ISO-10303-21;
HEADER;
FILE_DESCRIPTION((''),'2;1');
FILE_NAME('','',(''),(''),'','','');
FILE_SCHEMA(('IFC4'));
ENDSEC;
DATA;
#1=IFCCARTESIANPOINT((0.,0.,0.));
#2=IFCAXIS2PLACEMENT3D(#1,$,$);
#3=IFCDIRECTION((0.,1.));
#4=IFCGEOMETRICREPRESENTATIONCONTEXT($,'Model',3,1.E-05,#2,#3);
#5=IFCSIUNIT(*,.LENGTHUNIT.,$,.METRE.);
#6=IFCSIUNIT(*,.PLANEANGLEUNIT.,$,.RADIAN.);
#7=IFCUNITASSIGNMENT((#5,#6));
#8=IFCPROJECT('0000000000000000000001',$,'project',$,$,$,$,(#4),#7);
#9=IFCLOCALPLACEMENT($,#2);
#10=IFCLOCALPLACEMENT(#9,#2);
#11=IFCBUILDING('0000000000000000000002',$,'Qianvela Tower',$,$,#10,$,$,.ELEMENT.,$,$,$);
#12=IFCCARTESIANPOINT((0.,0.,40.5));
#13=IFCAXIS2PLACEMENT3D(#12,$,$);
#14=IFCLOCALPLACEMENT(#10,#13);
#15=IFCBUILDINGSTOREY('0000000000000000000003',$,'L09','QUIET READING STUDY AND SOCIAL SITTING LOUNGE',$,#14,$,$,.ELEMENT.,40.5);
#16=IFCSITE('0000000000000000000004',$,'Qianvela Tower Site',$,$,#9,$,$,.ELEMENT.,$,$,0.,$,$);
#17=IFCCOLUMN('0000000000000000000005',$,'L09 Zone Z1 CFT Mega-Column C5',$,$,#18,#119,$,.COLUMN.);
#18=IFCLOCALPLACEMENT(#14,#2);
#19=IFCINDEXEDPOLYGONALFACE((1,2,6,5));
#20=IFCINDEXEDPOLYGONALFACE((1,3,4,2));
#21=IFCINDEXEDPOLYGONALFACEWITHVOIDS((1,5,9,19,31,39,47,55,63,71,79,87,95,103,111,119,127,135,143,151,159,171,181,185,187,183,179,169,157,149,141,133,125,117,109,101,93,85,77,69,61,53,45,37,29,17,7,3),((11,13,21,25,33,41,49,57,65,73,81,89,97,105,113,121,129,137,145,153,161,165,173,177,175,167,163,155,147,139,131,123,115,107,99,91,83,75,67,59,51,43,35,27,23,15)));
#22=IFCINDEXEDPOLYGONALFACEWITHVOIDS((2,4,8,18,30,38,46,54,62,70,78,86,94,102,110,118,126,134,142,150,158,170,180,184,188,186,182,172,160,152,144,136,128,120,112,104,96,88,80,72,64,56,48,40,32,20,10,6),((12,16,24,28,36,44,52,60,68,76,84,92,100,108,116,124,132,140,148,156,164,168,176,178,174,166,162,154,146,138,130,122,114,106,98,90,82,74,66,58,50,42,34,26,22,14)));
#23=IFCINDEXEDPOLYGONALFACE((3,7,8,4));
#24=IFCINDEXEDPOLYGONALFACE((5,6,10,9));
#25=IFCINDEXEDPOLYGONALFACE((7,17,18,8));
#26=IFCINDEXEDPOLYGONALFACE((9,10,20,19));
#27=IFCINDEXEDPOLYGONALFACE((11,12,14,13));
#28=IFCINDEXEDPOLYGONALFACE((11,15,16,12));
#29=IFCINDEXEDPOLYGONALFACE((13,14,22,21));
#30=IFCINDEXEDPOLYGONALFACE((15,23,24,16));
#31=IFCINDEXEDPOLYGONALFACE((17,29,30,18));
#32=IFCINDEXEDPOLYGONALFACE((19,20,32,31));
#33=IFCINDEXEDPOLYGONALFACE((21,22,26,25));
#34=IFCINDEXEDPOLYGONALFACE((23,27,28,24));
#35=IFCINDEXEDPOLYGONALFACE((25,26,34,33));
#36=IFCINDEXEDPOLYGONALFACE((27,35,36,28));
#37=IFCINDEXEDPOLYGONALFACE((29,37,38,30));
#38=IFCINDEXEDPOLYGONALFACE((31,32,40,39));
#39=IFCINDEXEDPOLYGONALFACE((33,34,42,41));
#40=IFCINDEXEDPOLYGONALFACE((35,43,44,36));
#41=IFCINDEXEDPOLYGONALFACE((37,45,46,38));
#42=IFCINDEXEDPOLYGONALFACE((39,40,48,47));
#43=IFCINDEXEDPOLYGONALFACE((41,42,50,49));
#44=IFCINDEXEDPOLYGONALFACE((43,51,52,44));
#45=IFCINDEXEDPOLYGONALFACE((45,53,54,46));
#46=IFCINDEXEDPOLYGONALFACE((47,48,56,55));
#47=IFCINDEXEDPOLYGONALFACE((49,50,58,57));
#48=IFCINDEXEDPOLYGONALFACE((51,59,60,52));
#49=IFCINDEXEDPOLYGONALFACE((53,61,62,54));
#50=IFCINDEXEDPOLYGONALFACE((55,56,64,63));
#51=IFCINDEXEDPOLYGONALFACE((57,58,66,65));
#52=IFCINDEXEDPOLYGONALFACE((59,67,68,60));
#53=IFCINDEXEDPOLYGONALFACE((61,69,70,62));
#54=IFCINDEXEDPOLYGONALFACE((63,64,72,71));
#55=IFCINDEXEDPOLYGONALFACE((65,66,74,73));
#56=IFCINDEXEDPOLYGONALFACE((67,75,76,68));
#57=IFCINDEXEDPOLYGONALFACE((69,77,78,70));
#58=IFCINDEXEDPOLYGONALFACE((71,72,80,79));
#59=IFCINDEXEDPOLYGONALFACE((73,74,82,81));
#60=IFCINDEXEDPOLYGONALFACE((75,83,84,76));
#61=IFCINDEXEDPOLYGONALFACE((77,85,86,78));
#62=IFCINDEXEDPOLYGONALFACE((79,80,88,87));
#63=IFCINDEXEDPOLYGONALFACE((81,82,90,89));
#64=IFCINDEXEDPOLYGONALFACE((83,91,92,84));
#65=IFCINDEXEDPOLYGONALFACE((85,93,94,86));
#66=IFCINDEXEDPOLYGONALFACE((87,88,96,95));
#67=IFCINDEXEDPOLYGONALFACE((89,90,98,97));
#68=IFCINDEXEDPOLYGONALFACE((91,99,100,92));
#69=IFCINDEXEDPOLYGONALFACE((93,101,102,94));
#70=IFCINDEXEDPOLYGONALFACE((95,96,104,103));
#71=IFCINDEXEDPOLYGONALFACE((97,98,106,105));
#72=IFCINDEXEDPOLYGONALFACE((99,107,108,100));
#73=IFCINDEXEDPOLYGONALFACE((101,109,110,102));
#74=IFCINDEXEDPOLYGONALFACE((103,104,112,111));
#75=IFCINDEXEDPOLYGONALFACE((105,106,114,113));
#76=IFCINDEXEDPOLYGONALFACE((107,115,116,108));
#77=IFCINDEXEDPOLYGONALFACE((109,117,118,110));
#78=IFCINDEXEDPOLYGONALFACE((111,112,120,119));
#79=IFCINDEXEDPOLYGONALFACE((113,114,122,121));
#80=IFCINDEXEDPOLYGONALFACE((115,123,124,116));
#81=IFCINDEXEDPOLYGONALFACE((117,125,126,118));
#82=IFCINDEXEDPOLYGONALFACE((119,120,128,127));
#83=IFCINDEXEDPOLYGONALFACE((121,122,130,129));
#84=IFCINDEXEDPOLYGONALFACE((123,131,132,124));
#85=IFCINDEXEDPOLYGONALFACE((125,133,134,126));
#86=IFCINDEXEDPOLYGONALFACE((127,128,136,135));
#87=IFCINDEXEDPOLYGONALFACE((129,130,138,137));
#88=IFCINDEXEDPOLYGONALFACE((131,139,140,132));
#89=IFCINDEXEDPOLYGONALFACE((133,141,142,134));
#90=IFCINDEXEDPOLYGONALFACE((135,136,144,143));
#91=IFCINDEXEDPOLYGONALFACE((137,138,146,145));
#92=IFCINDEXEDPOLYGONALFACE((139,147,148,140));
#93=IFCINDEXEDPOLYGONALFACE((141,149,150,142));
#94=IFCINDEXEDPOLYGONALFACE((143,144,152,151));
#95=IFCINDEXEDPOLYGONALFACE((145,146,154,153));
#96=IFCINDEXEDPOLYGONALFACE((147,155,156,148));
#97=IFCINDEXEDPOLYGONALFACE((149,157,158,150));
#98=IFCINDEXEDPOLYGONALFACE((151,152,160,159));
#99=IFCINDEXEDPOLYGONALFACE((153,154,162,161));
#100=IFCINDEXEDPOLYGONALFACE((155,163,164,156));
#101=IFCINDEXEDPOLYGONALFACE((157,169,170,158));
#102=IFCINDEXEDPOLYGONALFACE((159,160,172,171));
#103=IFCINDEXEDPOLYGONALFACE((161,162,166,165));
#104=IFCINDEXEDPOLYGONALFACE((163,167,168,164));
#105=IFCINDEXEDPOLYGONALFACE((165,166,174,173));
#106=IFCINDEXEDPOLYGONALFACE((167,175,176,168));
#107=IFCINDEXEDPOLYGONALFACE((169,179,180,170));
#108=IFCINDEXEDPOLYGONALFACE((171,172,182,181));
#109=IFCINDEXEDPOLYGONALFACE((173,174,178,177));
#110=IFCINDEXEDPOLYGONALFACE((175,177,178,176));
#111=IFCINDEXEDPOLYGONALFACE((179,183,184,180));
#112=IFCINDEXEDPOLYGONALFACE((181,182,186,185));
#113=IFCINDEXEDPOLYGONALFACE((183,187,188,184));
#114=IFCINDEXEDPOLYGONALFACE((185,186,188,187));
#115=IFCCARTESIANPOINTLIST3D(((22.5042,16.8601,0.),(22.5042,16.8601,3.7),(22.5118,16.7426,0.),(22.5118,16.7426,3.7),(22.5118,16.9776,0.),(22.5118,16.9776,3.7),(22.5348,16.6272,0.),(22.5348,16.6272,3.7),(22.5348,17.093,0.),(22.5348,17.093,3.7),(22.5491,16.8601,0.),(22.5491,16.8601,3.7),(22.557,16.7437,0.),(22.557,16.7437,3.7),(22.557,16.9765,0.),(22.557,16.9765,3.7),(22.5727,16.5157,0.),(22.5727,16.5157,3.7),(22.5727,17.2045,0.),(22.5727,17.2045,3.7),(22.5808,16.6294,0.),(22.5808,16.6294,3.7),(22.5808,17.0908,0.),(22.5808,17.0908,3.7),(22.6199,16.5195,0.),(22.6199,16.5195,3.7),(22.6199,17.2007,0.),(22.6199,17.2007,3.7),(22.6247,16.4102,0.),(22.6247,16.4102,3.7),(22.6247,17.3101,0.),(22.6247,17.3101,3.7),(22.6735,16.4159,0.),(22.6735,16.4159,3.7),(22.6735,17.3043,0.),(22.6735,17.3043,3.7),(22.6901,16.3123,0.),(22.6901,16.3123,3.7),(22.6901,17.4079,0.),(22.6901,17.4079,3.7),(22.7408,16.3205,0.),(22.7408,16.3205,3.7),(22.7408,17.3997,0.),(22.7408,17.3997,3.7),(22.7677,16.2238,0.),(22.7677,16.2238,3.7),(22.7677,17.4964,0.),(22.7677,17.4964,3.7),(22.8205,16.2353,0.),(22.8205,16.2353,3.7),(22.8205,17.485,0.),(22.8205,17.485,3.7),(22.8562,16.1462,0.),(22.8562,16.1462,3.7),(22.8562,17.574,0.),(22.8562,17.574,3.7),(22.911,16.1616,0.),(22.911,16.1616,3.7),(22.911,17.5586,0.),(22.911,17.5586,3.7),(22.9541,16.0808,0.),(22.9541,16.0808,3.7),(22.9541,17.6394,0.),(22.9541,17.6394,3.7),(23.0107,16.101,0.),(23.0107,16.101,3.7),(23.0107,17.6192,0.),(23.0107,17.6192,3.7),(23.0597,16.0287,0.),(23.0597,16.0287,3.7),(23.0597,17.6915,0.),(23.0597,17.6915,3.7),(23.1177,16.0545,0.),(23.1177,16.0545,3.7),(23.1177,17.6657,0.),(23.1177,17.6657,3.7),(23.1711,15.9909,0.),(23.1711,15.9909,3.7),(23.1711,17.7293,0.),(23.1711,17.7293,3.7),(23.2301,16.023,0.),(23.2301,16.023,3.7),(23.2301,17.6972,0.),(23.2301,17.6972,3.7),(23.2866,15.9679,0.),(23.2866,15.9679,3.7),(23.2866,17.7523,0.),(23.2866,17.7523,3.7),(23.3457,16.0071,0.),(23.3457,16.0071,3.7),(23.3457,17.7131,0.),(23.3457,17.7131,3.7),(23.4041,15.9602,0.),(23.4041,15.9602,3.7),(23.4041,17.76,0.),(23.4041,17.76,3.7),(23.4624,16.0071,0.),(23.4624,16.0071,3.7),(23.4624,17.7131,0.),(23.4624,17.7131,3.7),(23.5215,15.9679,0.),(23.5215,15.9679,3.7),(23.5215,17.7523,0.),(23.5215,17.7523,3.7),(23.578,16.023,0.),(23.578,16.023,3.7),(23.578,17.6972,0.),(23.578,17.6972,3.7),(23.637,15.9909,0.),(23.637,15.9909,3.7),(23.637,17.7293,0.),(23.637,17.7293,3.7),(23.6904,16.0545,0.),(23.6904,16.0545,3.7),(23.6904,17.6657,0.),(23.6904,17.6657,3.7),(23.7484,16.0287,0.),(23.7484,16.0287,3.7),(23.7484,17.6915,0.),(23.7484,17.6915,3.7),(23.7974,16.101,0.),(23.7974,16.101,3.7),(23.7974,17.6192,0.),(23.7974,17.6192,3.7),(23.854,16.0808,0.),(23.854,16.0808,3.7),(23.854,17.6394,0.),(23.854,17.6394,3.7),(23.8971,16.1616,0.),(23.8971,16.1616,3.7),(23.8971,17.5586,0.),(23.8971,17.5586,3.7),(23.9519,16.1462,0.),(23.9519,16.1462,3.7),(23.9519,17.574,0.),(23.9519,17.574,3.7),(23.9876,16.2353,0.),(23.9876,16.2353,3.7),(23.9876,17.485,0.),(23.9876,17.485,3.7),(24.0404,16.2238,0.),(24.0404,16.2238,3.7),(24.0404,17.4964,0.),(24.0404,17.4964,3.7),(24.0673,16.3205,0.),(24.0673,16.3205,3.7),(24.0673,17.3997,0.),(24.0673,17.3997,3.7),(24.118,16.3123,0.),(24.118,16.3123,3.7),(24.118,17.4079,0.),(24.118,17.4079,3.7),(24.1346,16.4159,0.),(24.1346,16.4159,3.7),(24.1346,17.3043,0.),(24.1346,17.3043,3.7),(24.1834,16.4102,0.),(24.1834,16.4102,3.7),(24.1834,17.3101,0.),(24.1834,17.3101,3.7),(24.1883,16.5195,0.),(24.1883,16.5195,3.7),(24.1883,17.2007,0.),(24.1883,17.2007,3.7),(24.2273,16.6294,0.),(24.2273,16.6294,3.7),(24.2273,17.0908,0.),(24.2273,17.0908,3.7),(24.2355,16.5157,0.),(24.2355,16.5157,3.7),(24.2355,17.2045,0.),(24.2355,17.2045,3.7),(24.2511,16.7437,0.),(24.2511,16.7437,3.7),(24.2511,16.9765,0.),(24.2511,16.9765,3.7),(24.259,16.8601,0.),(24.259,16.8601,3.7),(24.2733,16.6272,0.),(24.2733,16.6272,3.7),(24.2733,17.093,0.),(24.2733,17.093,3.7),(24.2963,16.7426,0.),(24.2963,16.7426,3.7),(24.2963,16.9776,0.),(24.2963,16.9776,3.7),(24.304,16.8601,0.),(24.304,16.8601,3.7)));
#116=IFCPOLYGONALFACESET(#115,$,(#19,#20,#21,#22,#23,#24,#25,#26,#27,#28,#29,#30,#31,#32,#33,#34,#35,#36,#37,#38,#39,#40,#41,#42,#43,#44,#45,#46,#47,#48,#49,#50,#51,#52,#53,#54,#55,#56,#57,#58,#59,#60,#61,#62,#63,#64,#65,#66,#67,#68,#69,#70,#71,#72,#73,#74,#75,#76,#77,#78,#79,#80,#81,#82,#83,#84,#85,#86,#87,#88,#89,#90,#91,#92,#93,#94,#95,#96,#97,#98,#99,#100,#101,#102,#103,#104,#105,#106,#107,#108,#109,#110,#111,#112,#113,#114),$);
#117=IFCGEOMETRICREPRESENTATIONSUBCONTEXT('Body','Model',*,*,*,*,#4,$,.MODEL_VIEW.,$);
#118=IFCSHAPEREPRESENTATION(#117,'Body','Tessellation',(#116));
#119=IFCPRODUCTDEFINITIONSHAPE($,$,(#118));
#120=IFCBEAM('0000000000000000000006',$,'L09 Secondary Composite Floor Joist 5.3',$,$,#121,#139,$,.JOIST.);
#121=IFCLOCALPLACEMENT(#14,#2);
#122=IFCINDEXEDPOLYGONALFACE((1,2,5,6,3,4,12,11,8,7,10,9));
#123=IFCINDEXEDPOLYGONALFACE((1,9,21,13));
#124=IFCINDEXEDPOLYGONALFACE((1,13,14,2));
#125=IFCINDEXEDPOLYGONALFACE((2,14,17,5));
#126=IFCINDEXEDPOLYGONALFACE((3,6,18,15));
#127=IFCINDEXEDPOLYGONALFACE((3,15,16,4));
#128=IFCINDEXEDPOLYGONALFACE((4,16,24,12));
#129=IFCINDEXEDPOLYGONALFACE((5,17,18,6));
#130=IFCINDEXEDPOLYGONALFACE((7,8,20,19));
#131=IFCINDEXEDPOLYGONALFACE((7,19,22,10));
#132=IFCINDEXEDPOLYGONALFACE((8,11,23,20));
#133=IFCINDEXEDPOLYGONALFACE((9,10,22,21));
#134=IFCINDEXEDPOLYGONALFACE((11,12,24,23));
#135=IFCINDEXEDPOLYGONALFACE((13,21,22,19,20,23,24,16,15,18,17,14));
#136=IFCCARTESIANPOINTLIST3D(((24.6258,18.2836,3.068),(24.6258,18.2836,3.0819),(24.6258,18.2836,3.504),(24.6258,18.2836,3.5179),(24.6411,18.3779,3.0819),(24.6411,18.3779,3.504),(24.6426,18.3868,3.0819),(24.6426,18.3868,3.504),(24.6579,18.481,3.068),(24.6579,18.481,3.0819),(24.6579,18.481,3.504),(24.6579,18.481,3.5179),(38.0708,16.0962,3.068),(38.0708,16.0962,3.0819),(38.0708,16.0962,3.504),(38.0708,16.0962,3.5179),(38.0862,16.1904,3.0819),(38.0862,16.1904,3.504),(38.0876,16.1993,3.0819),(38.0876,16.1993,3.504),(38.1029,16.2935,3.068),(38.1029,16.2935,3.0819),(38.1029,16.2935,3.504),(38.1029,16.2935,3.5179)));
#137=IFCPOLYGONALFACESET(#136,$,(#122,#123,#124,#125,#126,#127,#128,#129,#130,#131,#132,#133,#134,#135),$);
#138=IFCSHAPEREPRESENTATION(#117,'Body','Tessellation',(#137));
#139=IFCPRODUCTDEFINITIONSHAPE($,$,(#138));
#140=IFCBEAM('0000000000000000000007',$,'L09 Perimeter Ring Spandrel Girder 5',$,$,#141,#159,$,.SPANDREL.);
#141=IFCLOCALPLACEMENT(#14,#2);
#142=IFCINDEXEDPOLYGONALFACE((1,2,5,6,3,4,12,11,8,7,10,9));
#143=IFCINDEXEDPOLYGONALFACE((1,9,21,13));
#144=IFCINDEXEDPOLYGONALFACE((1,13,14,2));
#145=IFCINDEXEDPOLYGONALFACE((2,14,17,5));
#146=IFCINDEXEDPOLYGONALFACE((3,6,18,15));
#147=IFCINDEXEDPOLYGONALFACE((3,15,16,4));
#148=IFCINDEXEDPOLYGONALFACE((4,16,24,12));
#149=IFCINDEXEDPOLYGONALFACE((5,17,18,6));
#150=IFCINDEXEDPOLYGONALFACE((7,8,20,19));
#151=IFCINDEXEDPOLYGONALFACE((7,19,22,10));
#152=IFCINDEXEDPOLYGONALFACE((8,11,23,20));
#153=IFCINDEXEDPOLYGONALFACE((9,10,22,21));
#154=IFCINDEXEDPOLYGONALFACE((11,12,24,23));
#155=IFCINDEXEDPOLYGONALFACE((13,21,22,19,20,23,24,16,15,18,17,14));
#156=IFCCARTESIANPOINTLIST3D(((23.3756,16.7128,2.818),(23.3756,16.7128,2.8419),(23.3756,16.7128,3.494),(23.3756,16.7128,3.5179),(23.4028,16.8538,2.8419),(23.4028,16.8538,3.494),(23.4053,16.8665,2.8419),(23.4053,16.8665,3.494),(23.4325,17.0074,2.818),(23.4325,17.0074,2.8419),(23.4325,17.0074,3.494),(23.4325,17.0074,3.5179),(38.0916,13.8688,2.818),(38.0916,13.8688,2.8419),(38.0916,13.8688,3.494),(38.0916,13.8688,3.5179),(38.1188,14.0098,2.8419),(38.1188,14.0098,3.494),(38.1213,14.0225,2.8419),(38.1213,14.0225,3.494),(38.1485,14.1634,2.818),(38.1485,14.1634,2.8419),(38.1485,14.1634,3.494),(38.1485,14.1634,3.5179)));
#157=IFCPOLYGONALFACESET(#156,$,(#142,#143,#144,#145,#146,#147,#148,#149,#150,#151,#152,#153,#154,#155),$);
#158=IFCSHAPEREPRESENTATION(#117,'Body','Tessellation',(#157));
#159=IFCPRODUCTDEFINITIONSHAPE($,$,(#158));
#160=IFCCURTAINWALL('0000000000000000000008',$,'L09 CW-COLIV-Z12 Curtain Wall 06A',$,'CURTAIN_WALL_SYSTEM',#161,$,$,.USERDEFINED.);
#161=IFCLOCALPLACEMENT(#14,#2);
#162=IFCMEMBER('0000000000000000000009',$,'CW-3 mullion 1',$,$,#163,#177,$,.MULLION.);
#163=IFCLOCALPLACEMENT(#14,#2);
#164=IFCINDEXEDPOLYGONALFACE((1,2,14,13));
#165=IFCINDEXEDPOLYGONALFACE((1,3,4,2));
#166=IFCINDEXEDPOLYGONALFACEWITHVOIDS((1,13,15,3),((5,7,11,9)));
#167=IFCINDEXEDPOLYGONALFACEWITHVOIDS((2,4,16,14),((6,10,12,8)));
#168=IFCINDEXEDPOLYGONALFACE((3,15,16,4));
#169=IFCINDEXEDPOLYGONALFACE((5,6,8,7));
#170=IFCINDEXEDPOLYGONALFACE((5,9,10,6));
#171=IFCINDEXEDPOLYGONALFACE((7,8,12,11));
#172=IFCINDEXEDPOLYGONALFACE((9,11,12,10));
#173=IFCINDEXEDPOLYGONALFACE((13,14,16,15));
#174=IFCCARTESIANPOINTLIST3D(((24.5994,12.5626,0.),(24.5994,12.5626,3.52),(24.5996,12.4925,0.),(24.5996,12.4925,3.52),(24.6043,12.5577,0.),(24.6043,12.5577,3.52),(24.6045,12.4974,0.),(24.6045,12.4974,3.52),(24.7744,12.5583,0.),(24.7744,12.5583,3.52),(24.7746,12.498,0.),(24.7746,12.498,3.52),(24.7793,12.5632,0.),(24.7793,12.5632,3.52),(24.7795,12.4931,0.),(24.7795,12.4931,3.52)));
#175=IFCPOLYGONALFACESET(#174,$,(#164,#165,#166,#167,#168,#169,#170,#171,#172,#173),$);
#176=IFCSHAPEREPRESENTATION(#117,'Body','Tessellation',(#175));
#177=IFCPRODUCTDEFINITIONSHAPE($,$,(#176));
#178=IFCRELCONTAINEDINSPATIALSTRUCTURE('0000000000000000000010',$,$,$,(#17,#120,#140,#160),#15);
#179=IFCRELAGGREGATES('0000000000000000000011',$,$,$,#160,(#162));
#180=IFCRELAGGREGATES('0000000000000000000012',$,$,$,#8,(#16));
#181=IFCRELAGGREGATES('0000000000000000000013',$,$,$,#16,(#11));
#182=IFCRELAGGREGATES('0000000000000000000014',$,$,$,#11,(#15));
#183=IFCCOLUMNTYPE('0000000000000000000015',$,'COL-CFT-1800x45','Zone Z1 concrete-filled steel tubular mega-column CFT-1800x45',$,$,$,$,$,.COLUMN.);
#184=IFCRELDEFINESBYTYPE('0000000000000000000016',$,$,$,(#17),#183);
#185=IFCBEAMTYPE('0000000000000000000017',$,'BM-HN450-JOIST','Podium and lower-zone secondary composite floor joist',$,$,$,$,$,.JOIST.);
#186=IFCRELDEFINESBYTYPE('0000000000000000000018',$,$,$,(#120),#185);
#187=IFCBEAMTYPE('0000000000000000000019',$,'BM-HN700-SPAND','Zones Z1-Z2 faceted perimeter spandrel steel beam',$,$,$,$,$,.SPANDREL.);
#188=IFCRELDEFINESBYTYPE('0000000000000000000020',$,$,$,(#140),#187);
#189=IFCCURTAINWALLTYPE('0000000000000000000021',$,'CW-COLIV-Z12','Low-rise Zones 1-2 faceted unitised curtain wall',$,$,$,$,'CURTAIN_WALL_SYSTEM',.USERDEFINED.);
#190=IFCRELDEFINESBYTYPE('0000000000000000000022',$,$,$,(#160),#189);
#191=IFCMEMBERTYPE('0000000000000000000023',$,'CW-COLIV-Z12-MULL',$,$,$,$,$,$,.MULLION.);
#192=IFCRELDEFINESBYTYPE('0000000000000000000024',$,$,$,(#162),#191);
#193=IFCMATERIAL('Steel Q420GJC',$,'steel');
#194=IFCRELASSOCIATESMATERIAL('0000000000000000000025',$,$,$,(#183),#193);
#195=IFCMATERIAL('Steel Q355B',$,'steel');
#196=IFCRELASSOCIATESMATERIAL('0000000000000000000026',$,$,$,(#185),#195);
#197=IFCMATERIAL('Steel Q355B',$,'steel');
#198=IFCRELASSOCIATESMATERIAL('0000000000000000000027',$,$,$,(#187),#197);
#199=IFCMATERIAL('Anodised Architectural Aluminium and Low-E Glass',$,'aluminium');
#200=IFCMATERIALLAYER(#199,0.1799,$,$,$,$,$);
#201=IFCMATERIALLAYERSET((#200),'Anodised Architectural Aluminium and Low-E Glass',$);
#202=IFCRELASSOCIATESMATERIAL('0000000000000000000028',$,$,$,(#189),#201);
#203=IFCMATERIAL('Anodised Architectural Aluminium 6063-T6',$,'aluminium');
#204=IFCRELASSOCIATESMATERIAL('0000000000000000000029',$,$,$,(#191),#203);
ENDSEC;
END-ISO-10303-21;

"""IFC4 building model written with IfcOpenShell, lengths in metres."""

from ifc_helpers import new_model, si_unit, direction, frame, origin, origin_2d, place, context, subcontext, project, spatial, hollow_rectangle, hollow_circle, i_section, extrude, material, layer, layer_set, material_profile, profile_set, type_object, element, aggregate, save


model = new_model("IFC4")

# Units and contexts
model_context = context("Model", 3, precision=1e-05, world=origin(), true_north=direction((0.0, 1.0)))
body_context = subcontext(model_context, "Body", "Model", "MODEL_VIEW")
ifc_project = project(units=[si_unit("LENGTHUNIT", "METRE"), si_unit("PLANEANGLEUNIT", "RADIAN")], contexts=[model_context])

# Site, building, storey
site_placement = place(None, origin())
site = spatial("IfcSite", under=ifc_project, at=site_placement, Name="Qianvela Tower Site", CompositionType="ELEMENT", RefElevation=0.0)
building_placement = place(site_placement, origin())
building = spatial("IfcBuilding", under=site, at=building_placement, Name="Qianvela Tower", CompositionType="ELEMENT")
storey_placement = place(building_placement, frame((0.0, 0.0, 40.5)))
storey = spatial("IfcBuildingStorey", under=building, at=storey_placement, Name="L09", Description="QUIET READING STUDY AND SOCIAL SITTING LOUNGE", CompositionType="ELEMENT", Elevation=40.5)

# Column
ifc_material_1 = material(Name="Steel Q420GJC", Category="steel")
ifc_material_profile_1 = material_profile(ifc_material_1, hollow_circle(Radius=0.8999, WallThickness=0.0449, at=origin_2d()), Name="CFT-1800x45")
ifc_profile_set_1 = profile_set([ifc_material_profile_1], Name="Steel Q420GJC")
column_type = type_object("IfcColumnType", Name="COL-CFT-1800x45", Description="Zone Z1 concrete-filled steel tubular mega-column CFT-1800x45", PredefinedType="COLUMN", material=ifc_profile_set_1)
column_placement = place(storey_placement, frame((23.4041, 16.8601, 0.0), z_axis=(0.0, 0.0, 1.0), x_axis=(1.0, 0.0, 0.0)))
element("IfcColumn", 1, at=column_placement, inside=storey, type_object=column_type, Name="L09 Zone Z1 CFT Mega-Column C5", PredefinedType="COLUMN", context=body_context, shape_type="SweptSolid", body=[
    extrude(hollow_circle(Radius=0.8999, WallThickness=0.0449, at=origin_2d()), origin(), (0.0, 0.0, 1.0), 3.7),
])

# Beams
ifc_material_2 = material(Name="Steel Q355B", Category="steel")
ifc_material_profile_2 = material_profile(ifc_material_2, i_section(OverallWidth=0.2, OverallDepth=0.45, WebThickness=0.009, FlangeThickness=0.0139, at=origin_2d()), Name="HN450x200x9x14")
ifc_profile_set_2 = profile_set([ifc_material_profile_2], Name="Steel Q355B")
beam_type_1 = type_object("IfcBeamType", Name="BM-HN450-JOIST", Description="Podium and lower-zone secondary composite floor joist", PredefinedType="JOIST", material=ifc_profile_set_2)
beam_1_placement = place(storey_placement, frame((24.6418, 18.3823, 3.293), z_axis=(0.987022, -0.160587, 0.0), x_axis=(0.160587, 0.987022, 0.0)))
element("IfcBeam", 2, at=beam_1_placement, inside=storey, type_object=beam_type_1, Name="L09 Secondary Composite Floor Joist 5.3", PredefinedType="JOIST", context=body_context, shape_type="SweptSolid", body=[
    extrude(i_section(OverallWidth=0.2, OverallDepth=0.45, WebThickness=0.009, FlangeThickness=0.0139, at=origin_2d()), origin(), (0.0, 0.0, 1.0), 13.6218),
])
ifc_material_3 = material(Name="Steel Q355B", Category="steel")
ifc_material_profile_3 = material_profile(ifc_material_3, i_section(OverallWidth=0.3, OverallDepth=0.7, WebThickness=0.0129, FlangeThickness=0.0239, at=origin_2d()), Name="HN700x300x13x24")
ifc_profile_set_3 = profile_set([ifc_material_profile_3], Name="Steel Q355B")
beam_type_2 = type_object("IfcBeamType", Name="BM-HN700-SPAND", Description="Zones Z1-Z2 faceted perimeter spandrel steel beam", PredefinedType="SPANDREL", material=ifc_profile_set_3)
beam_2_placement = place(storey_placement, frame((23.4041, 16.8601, 3.168), z_axis=(0.981833, -0.189747, 0.0), x_axis=(0.189747, 0.981833, 0.0)))
element("IfcBeam", 3, at=beam_2_placement, inside=storey, type_object=beam_type_2, Name="L09 Perimeter Ring Spandrel Girder 5", PredefinedType="SPANDREL", context=body_context, shape_type="SweptSolid", body=[
    extrude(i_section(OverallWidth=0.3, OverallDepth=0.7, WebThickness=0.0129, FlangeThickness=0.0239, at=origin_2d()), origin(), (0.0, 0.0, 1.0), 14.9883),
])

# Curtain wall, member
ifc_material_4 = material(Name="Anodised Architectural Aluminium and Low-E Glass", Category="aluminium")
ifc_layer_1 = layer(ifc_material_4, 0.1799)
ifc_layer_set_1 = layer_set([ifc_layer_1], Name="Anodised Architectural Aluminium and Low-E Glass")
curtain_wall_type = type_object("IfcCurtainWallType", Name="CW-COLIV-Z12", Description="Low-rise Zones 1-2 faceted unitised curtain wall", ElementType="CURTAIN_WALL_SYSTEM", PredefinedType="USERDEFINED", material=ifc_layer_set_1)
curtain_wall_placement = place(storey_placement, origin())
curtain_wall = element("IfcCurtainWall", 4, at=curtain_wall_placement, inside=storey, type_object=curtain_wall_type, Name="L09 CW-COLIV-Z12 Curtain Wall 06A", ObjectType="CURTAIN_WALL_SYSTEM", PredefinedType="USERDEFINED")
ifc_material_5 = material(Name="Anodised Architectural Aluminium 6063-T6", Category="aluminium")
ifc_material_profile_4 = material_profile(ifc_material_5, hollow_rectangle(XDim=0.0701, YDim=0.1799, WallThickness=0.0049, at=origin_2d()), Name="ALU-MULL-70x180")
ifc_profile_set_4 = profile_set([ifc_material_profile_4], Name="Anodised Architectural Aluminium 6063-T6")
member_type_1 = type_object("IfcMemberType", Name="CW-COLIV-Z12-MULL", PredefinedType="MULLION", material=ifc_profile_set_4)
member_1_placement = place(storey_placement, frame((24.6895, 12.5278, 0.0), z_axis=(0.0, 0.0, 1.0), x_axis=(-0.003365, 0.999994, 0.0)))
member_1 = element("IfcMember", 5, at=member_1_placement, type_object=member_type_1, Name="CW-3 mullion 1", PredefinedType="MULLION", context=body_context, shape_type="SweptSolid", body=[
    extrude(hollow_rectangle(XDim=0.0701, YDim=0.1799, WallThickness=0.0049, at=origin_2d()), origin(), (0.0, 0.0, 1.0), 3.52),
])
aggregate(curtain_wall, [member_1])

save(model, "model.ifc")
